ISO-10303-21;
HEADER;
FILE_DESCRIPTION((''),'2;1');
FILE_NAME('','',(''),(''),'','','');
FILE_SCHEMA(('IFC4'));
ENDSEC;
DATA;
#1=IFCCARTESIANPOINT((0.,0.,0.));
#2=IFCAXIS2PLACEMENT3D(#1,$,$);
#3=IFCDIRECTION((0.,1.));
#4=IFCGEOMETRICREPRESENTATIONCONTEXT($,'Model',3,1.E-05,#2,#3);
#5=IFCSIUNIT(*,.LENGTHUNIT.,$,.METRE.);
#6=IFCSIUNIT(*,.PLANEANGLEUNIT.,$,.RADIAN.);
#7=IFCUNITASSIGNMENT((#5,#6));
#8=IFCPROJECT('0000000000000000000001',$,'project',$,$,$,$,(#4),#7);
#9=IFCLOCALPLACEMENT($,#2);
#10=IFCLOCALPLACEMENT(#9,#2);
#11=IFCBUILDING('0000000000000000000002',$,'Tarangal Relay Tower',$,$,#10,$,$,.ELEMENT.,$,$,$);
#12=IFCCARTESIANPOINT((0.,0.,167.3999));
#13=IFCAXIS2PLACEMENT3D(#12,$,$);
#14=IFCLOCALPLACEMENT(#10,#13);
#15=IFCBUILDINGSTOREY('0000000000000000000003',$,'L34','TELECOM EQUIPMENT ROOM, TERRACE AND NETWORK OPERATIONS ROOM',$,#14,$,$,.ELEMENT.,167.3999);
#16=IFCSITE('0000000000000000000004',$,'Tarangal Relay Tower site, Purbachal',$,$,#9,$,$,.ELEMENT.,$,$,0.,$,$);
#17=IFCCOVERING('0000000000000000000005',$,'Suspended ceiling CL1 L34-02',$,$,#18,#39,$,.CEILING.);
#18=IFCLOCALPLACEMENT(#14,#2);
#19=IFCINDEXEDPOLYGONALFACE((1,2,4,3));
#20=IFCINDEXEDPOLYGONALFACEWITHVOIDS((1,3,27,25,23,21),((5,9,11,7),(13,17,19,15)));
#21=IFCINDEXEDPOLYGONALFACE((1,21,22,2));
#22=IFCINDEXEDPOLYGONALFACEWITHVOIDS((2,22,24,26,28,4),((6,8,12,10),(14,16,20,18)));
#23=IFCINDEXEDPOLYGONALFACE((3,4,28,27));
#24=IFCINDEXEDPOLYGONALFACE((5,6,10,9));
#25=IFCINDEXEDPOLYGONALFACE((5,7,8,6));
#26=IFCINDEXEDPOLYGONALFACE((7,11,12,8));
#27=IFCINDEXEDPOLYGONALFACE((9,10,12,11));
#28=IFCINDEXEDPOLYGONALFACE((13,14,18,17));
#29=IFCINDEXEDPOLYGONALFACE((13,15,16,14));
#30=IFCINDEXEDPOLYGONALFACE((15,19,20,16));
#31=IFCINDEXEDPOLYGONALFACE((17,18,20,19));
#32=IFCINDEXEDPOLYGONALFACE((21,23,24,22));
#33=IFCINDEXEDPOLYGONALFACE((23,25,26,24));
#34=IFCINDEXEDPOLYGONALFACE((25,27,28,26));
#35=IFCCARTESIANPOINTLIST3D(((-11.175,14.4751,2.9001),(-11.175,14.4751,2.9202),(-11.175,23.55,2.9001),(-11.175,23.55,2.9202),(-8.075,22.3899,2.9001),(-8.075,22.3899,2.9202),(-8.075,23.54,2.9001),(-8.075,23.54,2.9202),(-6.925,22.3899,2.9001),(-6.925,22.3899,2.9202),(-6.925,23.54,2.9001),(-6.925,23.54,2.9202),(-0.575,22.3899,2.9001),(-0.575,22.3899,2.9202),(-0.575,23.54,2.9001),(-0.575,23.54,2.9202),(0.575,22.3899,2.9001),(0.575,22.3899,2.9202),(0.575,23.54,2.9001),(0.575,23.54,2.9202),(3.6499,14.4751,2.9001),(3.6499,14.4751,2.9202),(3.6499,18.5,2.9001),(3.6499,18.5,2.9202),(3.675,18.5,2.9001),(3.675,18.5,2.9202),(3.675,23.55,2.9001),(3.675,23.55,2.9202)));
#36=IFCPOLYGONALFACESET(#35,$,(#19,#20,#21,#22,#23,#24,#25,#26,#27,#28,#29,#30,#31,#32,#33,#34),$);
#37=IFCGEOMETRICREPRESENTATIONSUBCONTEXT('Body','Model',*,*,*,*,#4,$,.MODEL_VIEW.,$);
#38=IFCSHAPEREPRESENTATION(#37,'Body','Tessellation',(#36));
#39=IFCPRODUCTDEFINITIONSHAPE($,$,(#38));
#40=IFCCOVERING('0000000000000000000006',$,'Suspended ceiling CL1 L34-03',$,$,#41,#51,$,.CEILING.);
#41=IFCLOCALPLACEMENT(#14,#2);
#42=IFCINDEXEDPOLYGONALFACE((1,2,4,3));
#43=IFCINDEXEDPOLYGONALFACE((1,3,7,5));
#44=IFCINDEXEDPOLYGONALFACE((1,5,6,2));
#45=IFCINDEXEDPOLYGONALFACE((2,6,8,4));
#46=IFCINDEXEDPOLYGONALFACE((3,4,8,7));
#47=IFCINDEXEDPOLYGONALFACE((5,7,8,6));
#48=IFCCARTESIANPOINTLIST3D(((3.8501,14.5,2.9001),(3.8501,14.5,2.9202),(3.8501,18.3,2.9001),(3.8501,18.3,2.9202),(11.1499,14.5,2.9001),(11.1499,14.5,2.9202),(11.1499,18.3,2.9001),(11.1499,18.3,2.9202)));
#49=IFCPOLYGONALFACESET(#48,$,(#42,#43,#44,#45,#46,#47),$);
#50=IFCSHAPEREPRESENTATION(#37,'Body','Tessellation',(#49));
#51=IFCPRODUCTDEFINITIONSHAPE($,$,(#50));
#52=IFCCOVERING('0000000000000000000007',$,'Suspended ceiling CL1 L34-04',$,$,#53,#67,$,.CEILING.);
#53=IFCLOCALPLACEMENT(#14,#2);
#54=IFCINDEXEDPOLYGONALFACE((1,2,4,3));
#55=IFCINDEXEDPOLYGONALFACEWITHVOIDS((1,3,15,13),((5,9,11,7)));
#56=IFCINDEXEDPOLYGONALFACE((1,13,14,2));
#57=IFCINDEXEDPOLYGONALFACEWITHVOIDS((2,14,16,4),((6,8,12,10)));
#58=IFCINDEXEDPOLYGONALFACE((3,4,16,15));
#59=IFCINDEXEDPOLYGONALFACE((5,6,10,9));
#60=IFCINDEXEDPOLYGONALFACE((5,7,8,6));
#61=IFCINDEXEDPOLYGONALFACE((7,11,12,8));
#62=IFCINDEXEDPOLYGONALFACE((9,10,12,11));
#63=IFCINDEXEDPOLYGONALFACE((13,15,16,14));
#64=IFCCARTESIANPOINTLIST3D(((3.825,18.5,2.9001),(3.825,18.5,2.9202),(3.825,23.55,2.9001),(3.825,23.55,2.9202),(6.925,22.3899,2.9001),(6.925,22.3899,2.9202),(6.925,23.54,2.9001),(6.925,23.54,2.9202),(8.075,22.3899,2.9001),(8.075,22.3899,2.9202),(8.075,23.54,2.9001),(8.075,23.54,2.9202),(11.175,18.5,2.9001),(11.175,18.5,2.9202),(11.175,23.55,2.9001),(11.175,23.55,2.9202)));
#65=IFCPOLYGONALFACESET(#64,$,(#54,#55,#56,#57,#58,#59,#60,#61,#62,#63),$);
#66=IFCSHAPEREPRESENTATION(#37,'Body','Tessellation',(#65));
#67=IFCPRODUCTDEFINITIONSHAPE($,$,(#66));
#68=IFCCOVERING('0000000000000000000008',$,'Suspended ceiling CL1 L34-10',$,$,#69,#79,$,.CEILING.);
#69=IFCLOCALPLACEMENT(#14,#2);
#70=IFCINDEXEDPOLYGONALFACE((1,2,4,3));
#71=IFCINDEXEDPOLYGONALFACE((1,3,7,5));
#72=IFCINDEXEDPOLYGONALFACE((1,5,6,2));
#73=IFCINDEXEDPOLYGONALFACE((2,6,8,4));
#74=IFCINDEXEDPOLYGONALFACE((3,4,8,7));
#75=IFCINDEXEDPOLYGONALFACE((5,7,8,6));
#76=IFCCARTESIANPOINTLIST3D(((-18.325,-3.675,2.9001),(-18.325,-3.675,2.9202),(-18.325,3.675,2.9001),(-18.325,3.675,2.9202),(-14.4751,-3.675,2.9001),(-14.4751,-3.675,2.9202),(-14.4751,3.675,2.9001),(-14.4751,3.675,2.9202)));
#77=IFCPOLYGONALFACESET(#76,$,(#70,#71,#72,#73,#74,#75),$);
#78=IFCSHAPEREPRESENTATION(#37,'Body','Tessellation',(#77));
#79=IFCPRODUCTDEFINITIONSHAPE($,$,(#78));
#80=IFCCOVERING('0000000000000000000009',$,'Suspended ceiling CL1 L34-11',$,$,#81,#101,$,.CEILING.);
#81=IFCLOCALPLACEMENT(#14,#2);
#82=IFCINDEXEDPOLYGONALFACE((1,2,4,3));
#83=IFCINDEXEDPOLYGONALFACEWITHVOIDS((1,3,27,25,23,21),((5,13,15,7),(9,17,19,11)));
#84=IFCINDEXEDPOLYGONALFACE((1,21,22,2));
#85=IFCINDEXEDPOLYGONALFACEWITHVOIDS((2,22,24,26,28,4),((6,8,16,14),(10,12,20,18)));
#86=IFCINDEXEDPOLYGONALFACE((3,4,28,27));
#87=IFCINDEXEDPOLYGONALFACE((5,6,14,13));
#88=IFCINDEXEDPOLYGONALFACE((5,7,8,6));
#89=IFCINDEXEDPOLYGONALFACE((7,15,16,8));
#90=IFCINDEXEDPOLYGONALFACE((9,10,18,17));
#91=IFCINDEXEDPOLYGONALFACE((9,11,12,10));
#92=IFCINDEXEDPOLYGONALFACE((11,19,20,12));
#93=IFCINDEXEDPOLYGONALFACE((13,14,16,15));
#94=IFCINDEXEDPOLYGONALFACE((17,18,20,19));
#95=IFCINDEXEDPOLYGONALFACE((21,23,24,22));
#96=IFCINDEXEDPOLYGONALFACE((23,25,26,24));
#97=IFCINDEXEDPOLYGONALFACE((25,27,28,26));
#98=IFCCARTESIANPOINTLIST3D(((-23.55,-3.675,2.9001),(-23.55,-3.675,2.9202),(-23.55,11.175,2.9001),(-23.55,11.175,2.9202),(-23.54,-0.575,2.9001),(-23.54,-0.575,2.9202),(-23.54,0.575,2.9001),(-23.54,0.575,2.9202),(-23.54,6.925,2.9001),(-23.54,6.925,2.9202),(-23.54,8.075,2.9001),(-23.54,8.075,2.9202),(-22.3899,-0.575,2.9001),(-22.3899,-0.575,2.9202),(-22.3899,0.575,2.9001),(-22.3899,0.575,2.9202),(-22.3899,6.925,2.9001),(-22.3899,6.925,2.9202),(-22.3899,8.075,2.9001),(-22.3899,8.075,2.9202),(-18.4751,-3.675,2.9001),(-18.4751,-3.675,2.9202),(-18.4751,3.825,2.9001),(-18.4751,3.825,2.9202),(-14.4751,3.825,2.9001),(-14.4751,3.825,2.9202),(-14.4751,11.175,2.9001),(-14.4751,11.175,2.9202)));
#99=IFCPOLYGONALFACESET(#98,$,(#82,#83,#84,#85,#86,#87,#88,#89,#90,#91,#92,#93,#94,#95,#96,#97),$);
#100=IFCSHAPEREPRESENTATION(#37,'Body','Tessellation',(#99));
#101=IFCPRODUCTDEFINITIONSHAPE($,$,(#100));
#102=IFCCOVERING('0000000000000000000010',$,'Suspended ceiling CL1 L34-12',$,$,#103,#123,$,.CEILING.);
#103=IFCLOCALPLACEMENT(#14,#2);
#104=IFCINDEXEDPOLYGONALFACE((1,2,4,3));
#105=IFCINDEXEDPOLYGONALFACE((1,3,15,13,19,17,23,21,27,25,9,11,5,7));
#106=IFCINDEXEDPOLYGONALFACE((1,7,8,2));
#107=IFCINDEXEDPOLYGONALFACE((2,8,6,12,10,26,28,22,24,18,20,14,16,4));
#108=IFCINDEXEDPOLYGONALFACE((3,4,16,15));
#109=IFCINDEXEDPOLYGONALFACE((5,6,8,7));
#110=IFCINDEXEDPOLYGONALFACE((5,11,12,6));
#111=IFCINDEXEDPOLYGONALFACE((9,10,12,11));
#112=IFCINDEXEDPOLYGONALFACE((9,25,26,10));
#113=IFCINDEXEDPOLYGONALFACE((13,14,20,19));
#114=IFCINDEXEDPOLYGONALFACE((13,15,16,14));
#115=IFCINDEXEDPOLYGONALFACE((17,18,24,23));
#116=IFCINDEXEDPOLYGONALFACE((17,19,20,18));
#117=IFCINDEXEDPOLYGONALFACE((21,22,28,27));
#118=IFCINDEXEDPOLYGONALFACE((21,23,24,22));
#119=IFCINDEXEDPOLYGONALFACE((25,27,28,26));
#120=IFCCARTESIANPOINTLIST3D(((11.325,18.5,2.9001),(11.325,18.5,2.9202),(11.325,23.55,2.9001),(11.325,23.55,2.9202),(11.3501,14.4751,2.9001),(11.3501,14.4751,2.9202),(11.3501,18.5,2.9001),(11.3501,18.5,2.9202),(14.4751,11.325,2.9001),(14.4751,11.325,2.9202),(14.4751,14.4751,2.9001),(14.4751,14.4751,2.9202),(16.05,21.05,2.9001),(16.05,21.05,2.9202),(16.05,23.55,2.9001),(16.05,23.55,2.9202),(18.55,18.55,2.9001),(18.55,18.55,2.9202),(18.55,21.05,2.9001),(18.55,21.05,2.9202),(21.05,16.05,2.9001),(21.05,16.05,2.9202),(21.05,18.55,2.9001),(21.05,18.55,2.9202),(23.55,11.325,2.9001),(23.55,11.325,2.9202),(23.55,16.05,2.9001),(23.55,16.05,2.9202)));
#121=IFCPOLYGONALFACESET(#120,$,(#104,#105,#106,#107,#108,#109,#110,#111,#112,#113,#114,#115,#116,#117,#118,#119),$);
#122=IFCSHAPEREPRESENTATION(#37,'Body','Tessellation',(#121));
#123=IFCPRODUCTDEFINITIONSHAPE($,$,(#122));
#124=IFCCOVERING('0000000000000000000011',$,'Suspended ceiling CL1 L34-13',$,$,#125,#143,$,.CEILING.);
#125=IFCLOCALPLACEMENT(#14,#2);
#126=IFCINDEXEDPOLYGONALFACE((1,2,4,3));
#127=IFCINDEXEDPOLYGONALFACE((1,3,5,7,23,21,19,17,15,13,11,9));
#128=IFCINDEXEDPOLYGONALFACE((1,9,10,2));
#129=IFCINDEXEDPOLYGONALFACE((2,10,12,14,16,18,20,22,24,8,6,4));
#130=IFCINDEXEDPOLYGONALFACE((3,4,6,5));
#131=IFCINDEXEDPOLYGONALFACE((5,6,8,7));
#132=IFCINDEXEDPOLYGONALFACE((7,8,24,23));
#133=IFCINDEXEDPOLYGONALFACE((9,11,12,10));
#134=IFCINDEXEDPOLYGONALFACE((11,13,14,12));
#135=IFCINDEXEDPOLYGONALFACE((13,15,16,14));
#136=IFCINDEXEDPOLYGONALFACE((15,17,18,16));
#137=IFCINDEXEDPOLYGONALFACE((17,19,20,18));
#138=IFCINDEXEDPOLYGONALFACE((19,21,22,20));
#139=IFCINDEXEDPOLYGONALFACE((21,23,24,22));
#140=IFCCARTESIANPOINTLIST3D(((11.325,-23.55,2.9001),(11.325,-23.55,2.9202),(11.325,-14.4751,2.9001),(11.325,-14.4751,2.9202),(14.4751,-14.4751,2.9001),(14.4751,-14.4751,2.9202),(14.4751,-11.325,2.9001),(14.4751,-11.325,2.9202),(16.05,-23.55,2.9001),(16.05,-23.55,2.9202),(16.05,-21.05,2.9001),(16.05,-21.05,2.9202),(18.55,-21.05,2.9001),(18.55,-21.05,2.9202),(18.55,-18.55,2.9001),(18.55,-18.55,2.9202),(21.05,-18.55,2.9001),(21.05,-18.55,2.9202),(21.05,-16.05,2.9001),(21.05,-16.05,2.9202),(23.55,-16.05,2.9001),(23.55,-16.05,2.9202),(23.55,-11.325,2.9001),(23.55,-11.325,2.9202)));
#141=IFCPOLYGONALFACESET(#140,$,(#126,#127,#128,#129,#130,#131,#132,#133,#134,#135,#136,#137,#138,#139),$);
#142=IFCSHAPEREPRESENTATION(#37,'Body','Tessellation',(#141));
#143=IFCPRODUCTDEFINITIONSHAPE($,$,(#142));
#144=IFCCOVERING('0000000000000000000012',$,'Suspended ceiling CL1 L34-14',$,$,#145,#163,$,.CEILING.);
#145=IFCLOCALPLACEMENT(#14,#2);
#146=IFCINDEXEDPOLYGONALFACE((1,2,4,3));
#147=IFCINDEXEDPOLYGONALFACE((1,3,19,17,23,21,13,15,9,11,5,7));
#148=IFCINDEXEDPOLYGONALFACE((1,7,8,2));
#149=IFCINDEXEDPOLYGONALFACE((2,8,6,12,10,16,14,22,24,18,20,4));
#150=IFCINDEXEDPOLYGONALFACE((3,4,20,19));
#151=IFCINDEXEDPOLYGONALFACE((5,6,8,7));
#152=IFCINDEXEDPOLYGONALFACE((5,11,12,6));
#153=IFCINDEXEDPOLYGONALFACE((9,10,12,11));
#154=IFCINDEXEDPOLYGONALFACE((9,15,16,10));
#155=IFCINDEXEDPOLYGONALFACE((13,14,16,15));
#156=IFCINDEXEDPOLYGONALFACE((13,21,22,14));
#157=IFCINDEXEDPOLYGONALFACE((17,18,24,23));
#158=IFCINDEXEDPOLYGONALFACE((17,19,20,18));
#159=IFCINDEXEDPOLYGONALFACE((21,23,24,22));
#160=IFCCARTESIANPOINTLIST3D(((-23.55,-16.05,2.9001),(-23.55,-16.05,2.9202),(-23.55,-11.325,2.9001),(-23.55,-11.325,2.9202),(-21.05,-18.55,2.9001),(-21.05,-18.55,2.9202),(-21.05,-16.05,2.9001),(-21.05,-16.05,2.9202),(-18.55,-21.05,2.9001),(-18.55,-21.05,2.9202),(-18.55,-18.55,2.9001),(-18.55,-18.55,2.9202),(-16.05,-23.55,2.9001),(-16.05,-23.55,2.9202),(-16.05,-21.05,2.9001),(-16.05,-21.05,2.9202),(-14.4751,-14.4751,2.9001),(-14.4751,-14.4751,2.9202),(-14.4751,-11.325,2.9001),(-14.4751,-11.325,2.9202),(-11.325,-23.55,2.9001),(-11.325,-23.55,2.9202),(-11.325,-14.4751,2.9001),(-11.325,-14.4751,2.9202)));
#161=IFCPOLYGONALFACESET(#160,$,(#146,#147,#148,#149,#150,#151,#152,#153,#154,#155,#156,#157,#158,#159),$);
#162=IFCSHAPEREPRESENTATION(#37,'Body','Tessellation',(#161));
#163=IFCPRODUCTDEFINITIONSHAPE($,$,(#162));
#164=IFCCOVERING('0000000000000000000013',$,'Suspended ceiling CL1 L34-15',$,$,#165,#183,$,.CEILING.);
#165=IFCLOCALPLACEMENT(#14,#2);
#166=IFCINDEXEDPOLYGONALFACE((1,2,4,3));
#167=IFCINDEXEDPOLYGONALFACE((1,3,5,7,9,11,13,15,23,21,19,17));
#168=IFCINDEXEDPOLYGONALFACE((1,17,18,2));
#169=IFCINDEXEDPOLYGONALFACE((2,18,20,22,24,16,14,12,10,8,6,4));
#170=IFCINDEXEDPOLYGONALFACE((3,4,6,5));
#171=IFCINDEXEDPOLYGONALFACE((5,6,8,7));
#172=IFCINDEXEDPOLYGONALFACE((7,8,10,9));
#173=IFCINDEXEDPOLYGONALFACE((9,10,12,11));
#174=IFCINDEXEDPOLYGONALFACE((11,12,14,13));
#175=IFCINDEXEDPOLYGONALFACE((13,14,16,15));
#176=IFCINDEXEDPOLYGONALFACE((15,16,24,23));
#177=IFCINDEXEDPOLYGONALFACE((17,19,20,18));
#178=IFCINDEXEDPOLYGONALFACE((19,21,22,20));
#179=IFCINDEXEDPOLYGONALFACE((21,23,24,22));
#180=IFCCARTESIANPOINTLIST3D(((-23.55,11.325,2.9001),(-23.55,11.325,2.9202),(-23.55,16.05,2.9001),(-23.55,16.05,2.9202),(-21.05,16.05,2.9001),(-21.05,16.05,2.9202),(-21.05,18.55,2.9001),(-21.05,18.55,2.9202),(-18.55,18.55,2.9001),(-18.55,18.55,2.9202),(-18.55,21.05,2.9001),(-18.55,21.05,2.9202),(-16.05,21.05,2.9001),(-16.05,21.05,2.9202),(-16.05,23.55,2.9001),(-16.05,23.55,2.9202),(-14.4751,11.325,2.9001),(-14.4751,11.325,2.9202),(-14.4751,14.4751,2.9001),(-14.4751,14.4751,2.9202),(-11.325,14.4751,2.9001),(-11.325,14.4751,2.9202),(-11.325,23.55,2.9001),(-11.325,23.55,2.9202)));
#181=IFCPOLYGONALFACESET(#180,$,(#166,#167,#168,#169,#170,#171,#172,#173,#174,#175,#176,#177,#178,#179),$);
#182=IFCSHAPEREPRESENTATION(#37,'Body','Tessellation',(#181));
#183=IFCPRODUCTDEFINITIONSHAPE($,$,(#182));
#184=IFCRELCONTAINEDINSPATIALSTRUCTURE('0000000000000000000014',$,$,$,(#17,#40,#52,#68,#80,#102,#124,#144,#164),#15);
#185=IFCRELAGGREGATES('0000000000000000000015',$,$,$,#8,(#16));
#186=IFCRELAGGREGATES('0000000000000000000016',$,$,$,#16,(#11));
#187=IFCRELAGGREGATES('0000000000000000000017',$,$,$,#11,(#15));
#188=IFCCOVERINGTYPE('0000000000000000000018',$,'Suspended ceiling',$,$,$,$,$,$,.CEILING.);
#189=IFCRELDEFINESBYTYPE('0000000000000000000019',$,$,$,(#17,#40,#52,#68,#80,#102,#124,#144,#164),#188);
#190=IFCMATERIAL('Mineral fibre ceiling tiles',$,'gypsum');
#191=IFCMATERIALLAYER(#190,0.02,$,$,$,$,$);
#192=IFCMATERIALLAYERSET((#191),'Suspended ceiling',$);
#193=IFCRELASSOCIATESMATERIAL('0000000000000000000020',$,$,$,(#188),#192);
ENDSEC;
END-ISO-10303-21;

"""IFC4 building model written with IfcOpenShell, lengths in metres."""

from ifc_helpers import new_model, si_unit, direction, frame, origin, place, context, subcontext, project, spatial, polyline, outline, extrude, material, layer, layer_set, type_object, element, save


model = new_model("IFC4")

# Units and contexts
model_context = context("Model", 3, precision=1e-05, world=origin(), true_north=direction((0.0, 1.0)))
body_context = subcontext(model_context, "Body", "Model", "MODEL_VIEW")
ifc_project = project(units=[si_unit("LENGTHUNIT", "METRE"), si_unit("PLANEANGLEUNIT", "RADIAN")], contexts=[model_context])

# Site, building, storey
site_placement = place(None, origin())
site = spatial("IfcSite", under=ifc_project, at=site_placement, Name="Tarangal Relay Tower site, Purbachal", CompositionType="ELEMENT", RefElevation=0.0)
building_placement = place(site_placement, origin())
building = spatial("IfcBuilding", under=site, at=building_placement, Name="Tarangal Relay Tower", CompositionType="ELEMENT")
storey_placement = place(building_placement, frame((0.0, 0.0, 167.3999)))
storey = spatial("IfcBuildingStorey", under=building, at=storey_placement, Name="L34", Description="TELECOM EQUIPMENT ROOM, TERRACE AND NETWORK OPERATIONS ROOM", CompositionType="ELEMENT", Elevation=167.3999)

# Coverings
ifc_material_1 = material(Name="Mineral fibre ceiling tiles", Category="gypsum")
ifc_layer_1 = layer(ifc_material_1, 0.02)
ifc_layer_set_1 = layer_set([ifc_layer_1], Name="Suspended ceiling")
covering_type_1 = type_object("IfcCoveringType", Name="Suspended ceiling", PredefinedType="CEILING", material=ifc_layer_set_1)
covering_1_placement = place(storey_placement, frame((0.0, 0.0, 2.9001)))
element("IfcCovering", 1, at=covering_1_placement, inside=storey, type_object=covering_type_1, Name="Suspended ceiling CL1 L34-02", PredefinedType="CEILING", context=body_context, shape_type="SweptSolid", body=[
    extrude(outline(polyline([(3.675, 23.55), (-11.175, 23.55), (-11.175, 14.4751), (3.6499, 14.4751), (3.6499, 18.5), (3.675, 18.5), (3.675, 23.55)]), holes=[polyline([(-6.925, 22.3899), (-6.925, 23.54), (-8.075, 23.54), (-8.075, 22.3899), (-6.925, 22.3899)]), polyline([(0.575, 22.3899), (0.575, 23.54), (-0.575, 23.54), (-0.575, 22.3899), (0.575, 22.3899)])]), origin(), (0.0, 0.0, 1.0), 0.02),
])
covering_2_placement = place(storey_placement, frame((0.0, 0.0, 2.9001)))
element("IfcCovering", 2, at=covering_2_placement, inside=storey, type_object=covering_type_1, Name="Suspended ceiling CL1 L34-03", PredefinedType="CEILING", context=body_context, shape_type="SweptSolid", body=[
    extrude(outline(polyline([(3.8501, 14.5), (11.1499, 14.5), (11.1499, 18.3), (3.8501, 18.3), (3.8501, 14.5)])), origin(), (0.0, 0.0, 1.0), 0.02),
])
covering_3_placement = place(storey_placement, frame((0.0, 0.0, 2.9001)))
element("IfcCovering", 3, at=covering_3_placement, inside=storey, type_object=covering_type_1, Name="Suspended ceiling CL1 L34-04", PredefinedType="CEILING", context=body_context, shape_type="SweptSolid", body=[
    extrude(outline(polyline([(11.175, 23.55), (3.825, 23.55), (3.825, 18.5), (11.175, 18.5), (11.175, 23.55)]), holes=[polyline([(8.075, 23.54), (6.925, 23.54), (6.925, 22.3899), (8.075, 22.3899), (8.075, 23.54)])]), origin(), (0.0, 0.0, 1.0), 0.02),
])
covering_4_placement = place(storey_placement, frame((0.0, 0.0, 2.9001)))
element("IfcCovering", 4, at=covering_4_placement, inside=storey, type_object=covering_type_1, Name="Suspended ceiling CL1 L34-10", PredefinedType="CEILING", context=body_context, shape_type="SweptSolid", body=[
    extrude(outline(polyline([(-14.4751, -3.675), (-14.4751, 3.675), (-18.325, 3.675), (-18.325, -3.675), (-14.4751, -3.675)])), origin(), (0.0, 0.0, 1.0), 0.02),
])
covering_5_placement = place(storey_placement, frame((0.0, 0.0, 2.9001)))
element("IfcCovering", 5, at=covering_5_placement, inside=storey, type_object=covering_type_1, Name="Suspended ceiling CL1 L34-11", PredefinedType="CEILING", context=body_context, shape_type="SweptSolid", body=[
    extrude(outline(polyline([(-23.55, 11.175), (-23.55, -3.675), (-18.4751, -3.675), (-18.4751, 3.825), (-14.4751, 3.825), (-14.4751, 11.175), (-23.55, 11.175)]), holes=[polyline([(-22.3899, -0.575), (-22.3899, 0.575), (-23.54, 0.575), (-23.54, -0.575), (-22.3899, -0.575)]), polyline([(-22.3899, 6.925), (-22.3899, 8.075), (-23.54, 8.075), (-23.54, 6.925), (-22.3899, 6.925)])]), origin(), (0.0, 0.0, 1.0), 0.02),
])
covering_6_placement = place(storey_placement, frame((0.0, 0.0, 2.9001)))
element("IfcCovering", 6, at=covering_6_placement, inside=storey, type_object=covering_type_1, Name="Suspended ceiling CL1 L34-12", PredefinedType="CEILING", context=body_context, shape_type="SweptSolid", body=[
    extrude(outline(polyline([(11.325, 23.55), (11.325, 18.5), (11.3501, 18.5), (11.3501, 14.4751), (14.4751, 14.4751), (14.4751, 11.325), (23.55, 11.325), (23.55, 16.05), (21.05, 16.05), (21.05, 18.55), (18.55, 18.55), (18.55, 21.05), (16.05, 21.05), (16.05, 23.55), (11.325, 23.55)])), origin(), (0.0, 0.0, 1.0), 0.02),
])
covering_7_placement = place(storey_placement, frame((0.0, 0.0, 2.9001)))
element("IfcCovering", 7, at=covering_7_placement, inside=storey, type_object=covering_type_1, Name="Suspended ceiling CL1 L34-13", PredefinedType="CEILING", context=body_context, shape_type="SweptSolid", body=[
    extrude(outline(polyline([(23.55, -16.05), (23.55, -11.325), (14.4751, -11.325), (14.4751, -14.4751), (11.325, -14.4751), (11.325, -23.55), (16.05, -23.55), (16.05, -21.05), (18.55, -21.05), (18.55, -18.55), (21.05, -18.55), (21.05, -16.05), (23.55, -16.05)])), origin(), (0.0, 0.0, 1.0), 0.02),
])
covering_8_placement = place(storey_placement, frame((0.0, 0.0, 2.9001)))
element("IfcCovering", 8, at=covering_8_placement, inside=storey, type_object=covering_type_1, Name="Suspended ceiling CL1 L34-14", PredefinedType="CEILING", context=body_context, shape_type="SweptSolid", body=[
    extrude(outline(polyline([(-16.05, -21.05), (-16.05, -23.55), (-11.325, -23.55), (-11.325, -14.4751), (-14.4751, -14.4751), (-14.4751, -11.325), (-23.55, -11.325), (-23.55, -16.05), (-21.05, -16.05), (-21.05, -18.55), (-18.55, -18.55), (-18.55, -21.05), (-16.05, -21.05)])), origin(), (0.0, 0.0, 1.0), 0.02),
])
covering_9_placement = place(storey_placement, frame((0.0, 0.0, 2.9001)))
element("IfcCovering", 9, at=covering_9_placement, inside=storey, type_object=covering_type_1, Name="Suspended ceiling CL1 L34-15", PredefinedType="CEILING", context=body_context, shape_type="SweptSolid", body=[
    extrude(outline(polyline([(-21.05, 16.05), (-23.55, 16.05), (-23.55, 11.325), (-14.4751, 11.325), (-14.4751, 14.4751), (-11.325, 14.4751), (-11.325, 23.55), (-16.05, 23.55), (-16.05, 21.05), (-18.55, 21.05), (-18.55, 18.55), (-21.05, 18.55), (-21.05, 16.05)])), origin(), (0.0, 0.0, 1.0), 0.02),
])

save(model, "model.ifc")
